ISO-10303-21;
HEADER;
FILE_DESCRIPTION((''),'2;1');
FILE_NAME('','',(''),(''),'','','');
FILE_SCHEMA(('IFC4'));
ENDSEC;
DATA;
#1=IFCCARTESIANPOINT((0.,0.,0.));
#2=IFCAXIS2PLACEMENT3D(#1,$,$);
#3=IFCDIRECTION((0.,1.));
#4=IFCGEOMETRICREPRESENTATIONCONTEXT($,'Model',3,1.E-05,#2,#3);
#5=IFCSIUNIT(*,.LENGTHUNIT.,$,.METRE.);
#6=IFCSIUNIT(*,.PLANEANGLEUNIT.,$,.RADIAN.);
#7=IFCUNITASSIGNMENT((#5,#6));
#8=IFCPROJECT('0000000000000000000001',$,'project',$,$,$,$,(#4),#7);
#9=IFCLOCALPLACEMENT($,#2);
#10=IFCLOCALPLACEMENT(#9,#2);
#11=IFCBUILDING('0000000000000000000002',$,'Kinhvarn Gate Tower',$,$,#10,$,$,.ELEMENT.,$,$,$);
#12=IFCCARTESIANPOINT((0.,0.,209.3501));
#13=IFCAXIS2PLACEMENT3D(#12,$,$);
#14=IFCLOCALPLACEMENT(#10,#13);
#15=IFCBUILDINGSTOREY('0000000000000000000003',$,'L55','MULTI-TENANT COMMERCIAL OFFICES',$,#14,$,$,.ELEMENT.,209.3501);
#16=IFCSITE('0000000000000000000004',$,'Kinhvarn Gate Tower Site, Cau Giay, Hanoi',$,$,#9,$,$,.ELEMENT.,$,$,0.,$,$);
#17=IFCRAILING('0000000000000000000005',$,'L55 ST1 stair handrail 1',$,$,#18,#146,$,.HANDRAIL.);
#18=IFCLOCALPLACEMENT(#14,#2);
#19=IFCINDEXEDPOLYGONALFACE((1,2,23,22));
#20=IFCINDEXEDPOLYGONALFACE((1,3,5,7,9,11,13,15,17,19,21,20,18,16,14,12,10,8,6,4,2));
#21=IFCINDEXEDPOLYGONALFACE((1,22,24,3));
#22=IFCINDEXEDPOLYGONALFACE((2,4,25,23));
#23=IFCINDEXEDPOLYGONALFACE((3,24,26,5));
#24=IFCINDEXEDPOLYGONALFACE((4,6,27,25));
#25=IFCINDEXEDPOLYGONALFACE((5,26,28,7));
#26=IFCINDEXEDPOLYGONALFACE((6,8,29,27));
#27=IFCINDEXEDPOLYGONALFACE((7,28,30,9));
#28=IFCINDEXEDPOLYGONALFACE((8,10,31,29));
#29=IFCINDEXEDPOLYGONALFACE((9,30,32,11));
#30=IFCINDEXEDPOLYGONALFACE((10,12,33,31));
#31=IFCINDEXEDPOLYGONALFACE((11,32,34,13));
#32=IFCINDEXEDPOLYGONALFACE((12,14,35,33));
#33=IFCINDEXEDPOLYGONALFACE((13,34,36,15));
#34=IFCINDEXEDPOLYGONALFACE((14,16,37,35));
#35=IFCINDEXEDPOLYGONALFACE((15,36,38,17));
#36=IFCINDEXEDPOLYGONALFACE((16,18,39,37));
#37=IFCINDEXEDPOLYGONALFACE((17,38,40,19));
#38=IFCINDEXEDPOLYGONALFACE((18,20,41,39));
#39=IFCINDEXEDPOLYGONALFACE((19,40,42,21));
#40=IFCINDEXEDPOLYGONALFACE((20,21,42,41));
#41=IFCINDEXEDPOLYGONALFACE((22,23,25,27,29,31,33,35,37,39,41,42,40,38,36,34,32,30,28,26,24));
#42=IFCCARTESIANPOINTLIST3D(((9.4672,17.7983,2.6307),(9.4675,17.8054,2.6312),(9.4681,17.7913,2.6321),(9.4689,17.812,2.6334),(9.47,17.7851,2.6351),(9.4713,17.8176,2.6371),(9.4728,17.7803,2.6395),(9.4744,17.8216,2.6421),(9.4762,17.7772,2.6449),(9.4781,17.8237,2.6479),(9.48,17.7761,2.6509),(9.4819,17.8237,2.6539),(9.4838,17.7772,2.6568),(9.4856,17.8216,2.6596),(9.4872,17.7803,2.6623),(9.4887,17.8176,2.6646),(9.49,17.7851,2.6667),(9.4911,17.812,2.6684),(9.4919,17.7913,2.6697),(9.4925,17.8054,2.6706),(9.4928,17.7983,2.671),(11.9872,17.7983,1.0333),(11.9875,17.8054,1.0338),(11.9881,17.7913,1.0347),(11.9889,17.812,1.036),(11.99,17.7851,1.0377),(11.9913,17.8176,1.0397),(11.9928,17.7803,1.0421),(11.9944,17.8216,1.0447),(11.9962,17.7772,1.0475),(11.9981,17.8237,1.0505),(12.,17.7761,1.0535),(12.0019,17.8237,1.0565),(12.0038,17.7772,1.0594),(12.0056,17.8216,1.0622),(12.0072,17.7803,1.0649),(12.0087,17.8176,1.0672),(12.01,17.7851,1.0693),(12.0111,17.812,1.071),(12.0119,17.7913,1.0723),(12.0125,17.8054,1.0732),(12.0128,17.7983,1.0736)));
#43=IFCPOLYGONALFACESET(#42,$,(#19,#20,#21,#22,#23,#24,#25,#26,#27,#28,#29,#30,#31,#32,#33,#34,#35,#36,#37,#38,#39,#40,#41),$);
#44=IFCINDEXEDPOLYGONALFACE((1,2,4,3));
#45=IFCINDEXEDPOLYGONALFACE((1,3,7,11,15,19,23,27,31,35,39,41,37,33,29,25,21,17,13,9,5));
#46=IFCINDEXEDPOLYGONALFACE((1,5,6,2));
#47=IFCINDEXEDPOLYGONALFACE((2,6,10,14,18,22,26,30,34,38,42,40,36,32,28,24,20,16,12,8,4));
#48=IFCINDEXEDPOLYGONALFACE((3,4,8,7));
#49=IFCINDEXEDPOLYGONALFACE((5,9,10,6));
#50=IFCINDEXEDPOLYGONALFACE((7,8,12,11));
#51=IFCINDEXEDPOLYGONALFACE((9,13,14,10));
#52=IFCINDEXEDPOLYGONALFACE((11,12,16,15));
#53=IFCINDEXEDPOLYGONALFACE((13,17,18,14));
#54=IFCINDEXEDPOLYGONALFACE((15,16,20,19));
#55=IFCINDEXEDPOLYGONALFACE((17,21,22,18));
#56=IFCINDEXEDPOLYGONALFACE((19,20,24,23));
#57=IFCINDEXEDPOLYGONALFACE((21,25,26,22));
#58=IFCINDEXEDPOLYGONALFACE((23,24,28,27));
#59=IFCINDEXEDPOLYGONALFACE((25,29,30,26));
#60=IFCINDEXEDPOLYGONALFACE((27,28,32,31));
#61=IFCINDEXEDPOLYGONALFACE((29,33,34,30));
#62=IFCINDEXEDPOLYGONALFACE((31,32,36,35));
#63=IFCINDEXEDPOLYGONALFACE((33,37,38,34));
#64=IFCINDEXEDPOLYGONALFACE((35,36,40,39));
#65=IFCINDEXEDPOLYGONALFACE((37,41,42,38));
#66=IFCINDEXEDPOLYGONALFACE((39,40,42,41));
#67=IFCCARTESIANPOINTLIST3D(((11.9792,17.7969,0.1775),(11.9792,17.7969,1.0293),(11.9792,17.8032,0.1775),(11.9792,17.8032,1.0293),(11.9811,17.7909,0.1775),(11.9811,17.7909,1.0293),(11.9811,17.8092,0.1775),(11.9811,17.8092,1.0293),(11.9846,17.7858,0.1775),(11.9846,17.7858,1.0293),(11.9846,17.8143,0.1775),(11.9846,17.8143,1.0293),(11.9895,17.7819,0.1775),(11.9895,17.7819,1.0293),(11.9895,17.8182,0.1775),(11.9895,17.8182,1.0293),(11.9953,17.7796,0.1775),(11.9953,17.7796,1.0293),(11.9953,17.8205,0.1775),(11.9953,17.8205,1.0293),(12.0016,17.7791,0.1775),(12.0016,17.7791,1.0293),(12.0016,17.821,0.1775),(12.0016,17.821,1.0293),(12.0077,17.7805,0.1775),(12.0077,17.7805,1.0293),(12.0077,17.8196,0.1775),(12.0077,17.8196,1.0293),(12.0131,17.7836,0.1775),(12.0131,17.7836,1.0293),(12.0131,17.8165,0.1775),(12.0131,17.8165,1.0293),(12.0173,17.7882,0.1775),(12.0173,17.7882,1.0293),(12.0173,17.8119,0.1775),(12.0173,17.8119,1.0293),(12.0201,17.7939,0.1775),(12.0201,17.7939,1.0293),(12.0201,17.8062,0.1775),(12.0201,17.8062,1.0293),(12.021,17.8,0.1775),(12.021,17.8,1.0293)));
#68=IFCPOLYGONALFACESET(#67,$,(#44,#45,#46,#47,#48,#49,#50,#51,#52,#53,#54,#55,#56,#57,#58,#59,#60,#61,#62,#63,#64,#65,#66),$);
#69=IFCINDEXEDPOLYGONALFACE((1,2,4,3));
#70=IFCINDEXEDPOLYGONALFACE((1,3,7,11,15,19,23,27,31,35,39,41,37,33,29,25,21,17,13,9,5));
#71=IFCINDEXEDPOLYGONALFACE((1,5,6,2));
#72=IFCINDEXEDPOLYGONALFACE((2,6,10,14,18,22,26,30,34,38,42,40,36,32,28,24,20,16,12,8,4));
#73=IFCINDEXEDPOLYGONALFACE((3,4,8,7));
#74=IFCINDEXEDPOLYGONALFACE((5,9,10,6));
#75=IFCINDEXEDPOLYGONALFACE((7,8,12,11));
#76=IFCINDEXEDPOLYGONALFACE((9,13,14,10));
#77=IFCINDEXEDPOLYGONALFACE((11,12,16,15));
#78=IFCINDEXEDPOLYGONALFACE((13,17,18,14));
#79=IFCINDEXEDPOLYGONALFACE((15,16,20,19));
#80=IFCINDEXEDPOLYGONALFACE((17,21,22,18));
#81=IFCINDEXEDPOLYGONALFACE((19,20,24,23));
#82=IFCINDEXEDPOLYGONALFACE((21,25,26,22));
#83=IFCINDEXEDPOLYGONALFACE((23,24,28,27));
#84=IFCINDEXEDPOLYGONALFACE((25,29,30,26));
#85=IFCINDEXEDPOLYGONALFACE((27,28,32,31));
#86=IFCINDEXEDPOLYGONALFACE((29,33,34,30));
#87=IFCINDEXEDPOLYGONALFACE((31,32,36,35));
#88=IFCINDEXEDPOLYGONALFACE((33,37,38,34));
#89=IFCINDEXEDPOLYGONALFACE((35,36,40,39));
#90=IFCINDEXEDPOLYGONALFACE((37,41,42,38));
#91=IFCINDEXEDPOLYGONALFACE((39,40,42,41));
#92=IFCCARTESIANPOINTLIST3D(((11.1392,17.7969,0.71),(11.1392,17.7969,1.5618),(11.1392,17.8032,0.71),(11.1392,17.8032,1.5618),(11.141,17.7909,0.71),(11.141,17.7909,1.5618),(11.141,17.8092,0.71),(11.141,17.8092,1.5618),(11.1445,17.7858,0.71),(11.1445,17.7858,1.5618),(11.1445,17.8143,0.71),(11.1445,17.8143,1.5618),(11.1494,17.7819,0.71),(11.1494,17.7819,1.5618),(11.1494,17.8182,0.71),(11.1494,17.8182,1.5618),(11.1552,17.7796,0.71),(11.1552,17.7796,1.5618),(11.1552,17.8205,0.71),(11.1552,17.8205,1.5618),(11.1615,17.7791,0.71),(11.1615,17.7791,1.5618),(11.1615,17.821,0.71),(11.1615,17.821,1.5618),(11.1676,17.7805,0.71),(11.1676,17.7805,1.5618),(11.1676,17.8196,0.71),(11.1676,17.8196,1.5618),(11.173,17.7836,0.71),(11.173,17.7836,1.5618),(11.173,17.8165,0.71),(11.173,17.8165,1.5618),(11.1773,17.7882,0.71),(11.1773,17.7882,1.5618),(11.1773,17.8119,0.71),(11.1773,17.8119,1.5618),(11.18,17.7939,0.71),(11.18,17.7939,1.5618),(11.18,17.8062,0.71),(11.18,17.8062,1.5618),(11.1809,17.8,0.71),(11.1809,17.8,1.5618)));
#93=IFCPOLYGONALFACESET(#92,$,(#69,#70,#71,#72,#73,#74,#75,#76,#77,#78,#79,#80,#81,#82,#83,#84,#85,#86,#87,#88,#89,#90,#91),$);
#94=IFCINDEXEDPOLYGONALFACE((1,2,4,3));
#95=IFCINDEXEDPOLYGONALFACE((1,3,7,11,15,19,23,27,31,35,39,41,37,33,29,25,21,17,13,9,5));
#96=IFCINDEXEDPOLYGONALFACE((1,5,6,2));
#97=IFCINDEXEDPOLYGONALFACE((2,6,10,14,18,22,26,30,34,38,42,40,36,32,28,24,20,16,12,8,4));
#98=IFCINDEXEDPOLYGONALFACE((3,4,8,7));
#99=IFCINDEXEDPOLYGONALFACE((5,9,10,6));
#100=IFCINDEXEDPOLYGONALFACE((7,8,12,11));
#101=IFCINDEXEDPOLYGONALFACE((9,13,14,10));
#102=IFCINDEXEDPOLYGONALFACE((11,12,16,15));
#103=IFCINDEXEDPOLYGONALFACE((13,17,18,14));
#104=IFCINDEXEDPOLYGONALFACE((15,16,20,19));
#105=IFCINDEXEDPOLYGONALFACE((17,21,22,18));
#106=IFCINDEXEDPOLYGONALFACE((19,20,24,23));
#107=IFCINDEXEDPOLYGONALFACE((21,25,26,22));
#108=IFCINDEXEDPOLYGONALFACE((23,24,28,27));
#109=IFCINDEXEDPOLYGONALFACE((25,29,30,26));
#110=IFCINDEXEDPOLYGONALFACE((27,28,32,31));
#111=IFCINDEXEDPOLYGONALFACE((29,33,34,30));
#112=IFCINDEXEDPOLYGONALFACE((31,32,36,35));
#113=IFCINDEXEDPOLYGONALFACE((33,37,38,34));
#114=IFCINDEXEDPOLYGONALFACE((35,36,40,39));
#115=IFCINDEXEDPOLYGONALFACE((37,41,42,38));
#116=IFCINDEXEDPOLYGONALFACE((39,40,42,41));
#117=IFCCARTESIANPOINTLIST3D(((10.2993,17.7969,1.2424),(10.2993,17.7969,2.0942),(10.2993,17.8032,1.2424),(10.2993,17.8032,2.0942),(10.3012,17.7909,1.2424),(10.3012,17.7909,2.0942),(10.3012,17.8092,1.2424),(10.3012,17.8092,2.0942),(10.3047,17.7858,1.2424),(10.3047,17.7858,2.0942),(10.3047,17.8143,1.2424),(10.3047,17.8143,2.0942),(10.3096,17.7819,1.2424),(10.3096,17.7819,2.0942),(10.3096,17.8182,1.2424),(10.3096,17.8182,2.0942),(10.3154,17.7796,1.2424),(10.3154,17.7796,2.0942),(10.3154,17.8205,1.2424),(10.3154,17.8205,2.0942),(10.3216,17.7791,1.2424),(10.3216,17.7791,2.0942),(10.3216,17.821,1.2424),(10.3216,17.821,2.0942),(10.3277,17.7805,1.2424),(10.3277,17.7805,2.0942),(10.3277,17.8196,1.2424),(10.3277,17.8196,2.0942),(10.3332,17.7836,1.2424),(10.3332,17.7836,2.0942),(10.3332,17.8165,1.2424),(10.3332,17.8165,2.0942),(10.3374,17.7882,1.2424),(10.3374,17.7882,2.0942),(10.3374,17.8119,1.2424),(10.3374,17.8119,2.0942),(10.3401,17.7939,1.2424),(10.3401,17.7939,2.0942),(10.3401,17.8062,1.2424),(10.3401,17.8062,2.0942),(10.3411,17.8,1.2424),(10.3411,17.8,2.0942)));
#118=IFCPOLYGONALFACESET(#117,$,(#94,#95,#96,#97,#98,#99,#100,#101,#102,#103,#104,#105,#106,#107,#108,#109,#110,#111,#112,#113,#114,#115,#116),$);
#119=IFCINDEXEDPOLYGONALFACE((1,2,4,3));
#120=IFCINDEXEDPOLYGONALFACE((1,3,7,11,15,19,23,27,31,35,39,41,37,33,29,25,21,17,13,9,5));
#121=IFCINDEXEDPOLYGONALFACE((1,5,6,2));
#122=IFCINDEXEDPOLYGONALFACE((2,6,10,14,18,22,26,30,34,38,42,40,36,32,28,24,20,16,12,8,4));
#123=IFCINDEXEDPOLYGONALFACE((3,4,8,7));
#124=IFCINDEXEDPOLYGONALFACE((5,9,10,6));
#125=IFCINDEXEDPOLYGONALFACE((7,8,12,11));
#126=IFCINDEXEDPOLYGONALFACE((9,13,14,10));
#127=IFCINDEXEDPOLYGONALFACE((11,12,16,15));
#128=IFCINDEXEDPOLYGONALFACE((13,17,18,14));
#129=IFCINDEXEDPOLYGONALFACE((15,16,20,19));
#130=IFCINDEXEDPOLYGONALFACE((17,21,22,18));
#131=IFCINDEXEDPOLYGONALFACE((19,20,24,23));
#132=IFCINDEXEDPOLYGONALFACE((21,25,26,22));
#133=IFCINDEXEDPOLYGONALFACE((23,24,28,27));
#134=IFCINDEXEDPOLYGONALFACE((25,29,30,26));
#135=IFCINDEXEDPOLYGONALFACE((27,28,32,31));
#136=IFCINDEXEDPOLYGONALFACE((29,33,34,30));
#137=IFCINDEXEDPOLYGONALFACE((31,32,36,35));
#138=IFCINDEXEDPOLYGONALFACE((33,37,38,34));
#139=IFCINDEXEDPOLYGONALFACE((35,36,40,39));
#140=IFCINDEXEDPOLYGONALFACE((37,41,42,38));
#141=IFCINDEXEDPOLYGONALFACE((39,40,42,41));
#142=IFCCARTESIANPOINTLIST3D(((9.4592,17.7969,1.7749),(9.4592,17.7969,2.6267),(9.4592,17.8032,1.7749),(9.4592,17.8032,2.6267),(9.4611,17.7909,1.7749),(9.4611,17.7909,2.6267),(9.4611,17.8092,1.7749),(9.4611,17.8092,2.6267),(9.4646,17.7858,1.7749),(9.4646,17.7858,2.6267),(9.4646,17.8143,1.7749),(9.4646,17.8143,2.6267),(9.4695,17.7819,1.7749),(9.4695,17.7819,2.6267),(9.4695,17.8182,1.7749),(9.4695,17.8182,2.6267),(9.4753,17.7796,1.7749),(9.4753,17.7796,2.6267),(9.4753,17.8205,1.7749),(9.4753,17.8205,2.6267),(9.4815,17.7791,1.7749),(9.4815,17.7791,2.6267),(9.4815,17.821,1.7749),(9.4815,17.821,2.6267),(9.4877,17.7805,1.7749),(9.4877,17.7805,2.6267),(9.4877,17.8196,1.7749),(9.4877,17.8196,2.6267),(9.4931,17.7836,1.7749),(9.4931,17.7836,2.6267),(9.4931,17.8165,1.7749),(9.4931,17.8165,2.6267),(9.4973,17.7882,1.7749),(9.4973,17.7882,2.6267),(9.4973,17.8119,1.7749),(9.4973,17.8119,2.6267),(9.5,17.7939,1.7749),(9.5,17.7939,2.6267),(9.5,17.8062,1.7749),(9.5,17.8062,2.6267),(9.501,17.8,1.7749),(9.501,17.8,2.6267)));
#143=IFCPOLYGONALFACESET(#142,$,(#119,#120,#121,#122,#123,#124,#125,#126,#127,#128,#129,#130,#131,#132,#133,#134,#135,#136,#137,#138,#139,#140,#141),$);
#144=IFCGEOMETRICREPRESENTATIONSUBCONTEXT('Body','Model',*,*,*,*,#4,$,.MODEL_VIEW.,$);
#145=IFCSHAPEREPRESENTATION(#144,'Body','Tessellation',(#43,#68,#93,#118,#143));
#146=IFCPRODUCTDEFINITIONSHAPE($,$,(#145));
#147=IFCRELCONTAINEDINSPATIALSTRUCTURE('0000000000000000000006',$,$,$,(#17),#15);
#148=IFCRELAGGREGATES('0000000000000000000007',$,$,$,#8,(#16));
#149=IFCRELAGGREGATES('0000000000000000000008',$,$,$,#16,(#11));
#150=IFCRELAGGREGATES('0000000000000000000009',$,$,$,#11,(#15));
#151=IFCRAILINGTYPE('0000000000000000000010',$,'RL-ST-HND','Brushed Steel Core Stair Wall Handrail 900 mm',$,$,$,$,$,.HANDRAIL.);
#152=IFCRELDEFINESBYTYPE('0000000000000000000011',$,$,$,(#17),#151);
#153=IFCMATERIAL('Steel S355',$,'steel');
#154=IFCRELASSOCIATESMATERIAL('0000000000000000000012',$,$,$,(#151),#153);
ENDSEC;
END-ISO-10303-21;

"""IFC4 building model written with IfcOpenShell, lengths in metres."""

from ifc_helpers import new_model, si_unit, direction, frame, origin, origin_2d, place, context, subcontext, project, spatial, circle, extrude, material, type_object, element, save


model = new_model("IFC4")

# Units and contexts
model_context = context("Model", 3, precision=1e-05, world=origin(), true_north=direction((0.0, 1.0)))
body_context = subcontext(model_context, "Body", "Model", "MODEL_VIEW")
ifc_project = project(units=[si_unit("LENGTHUNIT", "METRE"), si_unit("PLANEANGLEUNIT", "RADIAN")], contexts=[model_context])

# Site, building, storey
site_placement = place(None, origin())
site = spatial("IfcSite", under=ifc_project, at=site_placement, Name="Kinhvarn Gate Tower Site, Cau Giay, Hanoi", CompositionType="ELEMENT", RefElevation=0.0)
building_placement = place(site_placement, origin())
building = spatial("IfcBuilding", under=site, at=building_placement, Name="Kinhvarn Gate Tower", CompositionType="ELEMENT")
storey_placement = place(building_placement, frame((0.0, 0.0, 209.3501)))
storey = spatial("IfcBuildingStorey", under=building, at=storey_placement, Name="L55", Description="MULTI-TENANT COMMERCIAL OFFICES", CompositionType="ELEMENT", Elevation=209.3501)

# Shared definitions
ifc_material_1 = material(Name="Steel S355", Category="steel")

# Railing
railing_type_1 = type_object("IfcRailingType", Name="RL-ST-HND", Description="Brushed Steel Core Stair Wall Handrail 900 mm", PredefinedType="HANDRAIL", material=ifc_material_1)
railing_1_placement = place(storey_placement, frame((12.0, 17.8, 0.1775)))
element("IfcRailing", 1, at=railing_1_placement, inside=storey, type_object=railing_type_1, Name="L55 ST1 stair handrail 1", PredefinedType="HANDRAIL", context=body_context, shape_type="SweptSolid", body=[
    extrude(circle(Radius=0.0239, at=origin_2d()), frame((0.0, 0.0, 0.876), z_axis=(-0.844607, 0.0, 0.535387), x_axis=(0.0, -1.0, 0.0)), (0.0, 0.0, 1.0), 2.9836),
    extrude(circle(Radius=0.021, at=origin_2d()), origin(), (0.0, 0.0, 1.0), 0.8518),
    extrude(circle(Radius=0.021, at=origin_2d()), frame((-0.8401, 0.0, 0.5325)), (0.0, 0.0, 1.0), 0.8518),
    extrude(circle(Radius=0.021, at=origin_2d()), frame((-1.6799, 0.0, 1.0649)), (0.0, 0.0, 1.0), 0.8518),
    extrude(circle(Radius=0.021, at=origin_2d()), frame((-2.52, 0.0, 1.5974)), (0.0, 0.0, 1.0), 0.8518),
])

save(model, "model.ifc")
